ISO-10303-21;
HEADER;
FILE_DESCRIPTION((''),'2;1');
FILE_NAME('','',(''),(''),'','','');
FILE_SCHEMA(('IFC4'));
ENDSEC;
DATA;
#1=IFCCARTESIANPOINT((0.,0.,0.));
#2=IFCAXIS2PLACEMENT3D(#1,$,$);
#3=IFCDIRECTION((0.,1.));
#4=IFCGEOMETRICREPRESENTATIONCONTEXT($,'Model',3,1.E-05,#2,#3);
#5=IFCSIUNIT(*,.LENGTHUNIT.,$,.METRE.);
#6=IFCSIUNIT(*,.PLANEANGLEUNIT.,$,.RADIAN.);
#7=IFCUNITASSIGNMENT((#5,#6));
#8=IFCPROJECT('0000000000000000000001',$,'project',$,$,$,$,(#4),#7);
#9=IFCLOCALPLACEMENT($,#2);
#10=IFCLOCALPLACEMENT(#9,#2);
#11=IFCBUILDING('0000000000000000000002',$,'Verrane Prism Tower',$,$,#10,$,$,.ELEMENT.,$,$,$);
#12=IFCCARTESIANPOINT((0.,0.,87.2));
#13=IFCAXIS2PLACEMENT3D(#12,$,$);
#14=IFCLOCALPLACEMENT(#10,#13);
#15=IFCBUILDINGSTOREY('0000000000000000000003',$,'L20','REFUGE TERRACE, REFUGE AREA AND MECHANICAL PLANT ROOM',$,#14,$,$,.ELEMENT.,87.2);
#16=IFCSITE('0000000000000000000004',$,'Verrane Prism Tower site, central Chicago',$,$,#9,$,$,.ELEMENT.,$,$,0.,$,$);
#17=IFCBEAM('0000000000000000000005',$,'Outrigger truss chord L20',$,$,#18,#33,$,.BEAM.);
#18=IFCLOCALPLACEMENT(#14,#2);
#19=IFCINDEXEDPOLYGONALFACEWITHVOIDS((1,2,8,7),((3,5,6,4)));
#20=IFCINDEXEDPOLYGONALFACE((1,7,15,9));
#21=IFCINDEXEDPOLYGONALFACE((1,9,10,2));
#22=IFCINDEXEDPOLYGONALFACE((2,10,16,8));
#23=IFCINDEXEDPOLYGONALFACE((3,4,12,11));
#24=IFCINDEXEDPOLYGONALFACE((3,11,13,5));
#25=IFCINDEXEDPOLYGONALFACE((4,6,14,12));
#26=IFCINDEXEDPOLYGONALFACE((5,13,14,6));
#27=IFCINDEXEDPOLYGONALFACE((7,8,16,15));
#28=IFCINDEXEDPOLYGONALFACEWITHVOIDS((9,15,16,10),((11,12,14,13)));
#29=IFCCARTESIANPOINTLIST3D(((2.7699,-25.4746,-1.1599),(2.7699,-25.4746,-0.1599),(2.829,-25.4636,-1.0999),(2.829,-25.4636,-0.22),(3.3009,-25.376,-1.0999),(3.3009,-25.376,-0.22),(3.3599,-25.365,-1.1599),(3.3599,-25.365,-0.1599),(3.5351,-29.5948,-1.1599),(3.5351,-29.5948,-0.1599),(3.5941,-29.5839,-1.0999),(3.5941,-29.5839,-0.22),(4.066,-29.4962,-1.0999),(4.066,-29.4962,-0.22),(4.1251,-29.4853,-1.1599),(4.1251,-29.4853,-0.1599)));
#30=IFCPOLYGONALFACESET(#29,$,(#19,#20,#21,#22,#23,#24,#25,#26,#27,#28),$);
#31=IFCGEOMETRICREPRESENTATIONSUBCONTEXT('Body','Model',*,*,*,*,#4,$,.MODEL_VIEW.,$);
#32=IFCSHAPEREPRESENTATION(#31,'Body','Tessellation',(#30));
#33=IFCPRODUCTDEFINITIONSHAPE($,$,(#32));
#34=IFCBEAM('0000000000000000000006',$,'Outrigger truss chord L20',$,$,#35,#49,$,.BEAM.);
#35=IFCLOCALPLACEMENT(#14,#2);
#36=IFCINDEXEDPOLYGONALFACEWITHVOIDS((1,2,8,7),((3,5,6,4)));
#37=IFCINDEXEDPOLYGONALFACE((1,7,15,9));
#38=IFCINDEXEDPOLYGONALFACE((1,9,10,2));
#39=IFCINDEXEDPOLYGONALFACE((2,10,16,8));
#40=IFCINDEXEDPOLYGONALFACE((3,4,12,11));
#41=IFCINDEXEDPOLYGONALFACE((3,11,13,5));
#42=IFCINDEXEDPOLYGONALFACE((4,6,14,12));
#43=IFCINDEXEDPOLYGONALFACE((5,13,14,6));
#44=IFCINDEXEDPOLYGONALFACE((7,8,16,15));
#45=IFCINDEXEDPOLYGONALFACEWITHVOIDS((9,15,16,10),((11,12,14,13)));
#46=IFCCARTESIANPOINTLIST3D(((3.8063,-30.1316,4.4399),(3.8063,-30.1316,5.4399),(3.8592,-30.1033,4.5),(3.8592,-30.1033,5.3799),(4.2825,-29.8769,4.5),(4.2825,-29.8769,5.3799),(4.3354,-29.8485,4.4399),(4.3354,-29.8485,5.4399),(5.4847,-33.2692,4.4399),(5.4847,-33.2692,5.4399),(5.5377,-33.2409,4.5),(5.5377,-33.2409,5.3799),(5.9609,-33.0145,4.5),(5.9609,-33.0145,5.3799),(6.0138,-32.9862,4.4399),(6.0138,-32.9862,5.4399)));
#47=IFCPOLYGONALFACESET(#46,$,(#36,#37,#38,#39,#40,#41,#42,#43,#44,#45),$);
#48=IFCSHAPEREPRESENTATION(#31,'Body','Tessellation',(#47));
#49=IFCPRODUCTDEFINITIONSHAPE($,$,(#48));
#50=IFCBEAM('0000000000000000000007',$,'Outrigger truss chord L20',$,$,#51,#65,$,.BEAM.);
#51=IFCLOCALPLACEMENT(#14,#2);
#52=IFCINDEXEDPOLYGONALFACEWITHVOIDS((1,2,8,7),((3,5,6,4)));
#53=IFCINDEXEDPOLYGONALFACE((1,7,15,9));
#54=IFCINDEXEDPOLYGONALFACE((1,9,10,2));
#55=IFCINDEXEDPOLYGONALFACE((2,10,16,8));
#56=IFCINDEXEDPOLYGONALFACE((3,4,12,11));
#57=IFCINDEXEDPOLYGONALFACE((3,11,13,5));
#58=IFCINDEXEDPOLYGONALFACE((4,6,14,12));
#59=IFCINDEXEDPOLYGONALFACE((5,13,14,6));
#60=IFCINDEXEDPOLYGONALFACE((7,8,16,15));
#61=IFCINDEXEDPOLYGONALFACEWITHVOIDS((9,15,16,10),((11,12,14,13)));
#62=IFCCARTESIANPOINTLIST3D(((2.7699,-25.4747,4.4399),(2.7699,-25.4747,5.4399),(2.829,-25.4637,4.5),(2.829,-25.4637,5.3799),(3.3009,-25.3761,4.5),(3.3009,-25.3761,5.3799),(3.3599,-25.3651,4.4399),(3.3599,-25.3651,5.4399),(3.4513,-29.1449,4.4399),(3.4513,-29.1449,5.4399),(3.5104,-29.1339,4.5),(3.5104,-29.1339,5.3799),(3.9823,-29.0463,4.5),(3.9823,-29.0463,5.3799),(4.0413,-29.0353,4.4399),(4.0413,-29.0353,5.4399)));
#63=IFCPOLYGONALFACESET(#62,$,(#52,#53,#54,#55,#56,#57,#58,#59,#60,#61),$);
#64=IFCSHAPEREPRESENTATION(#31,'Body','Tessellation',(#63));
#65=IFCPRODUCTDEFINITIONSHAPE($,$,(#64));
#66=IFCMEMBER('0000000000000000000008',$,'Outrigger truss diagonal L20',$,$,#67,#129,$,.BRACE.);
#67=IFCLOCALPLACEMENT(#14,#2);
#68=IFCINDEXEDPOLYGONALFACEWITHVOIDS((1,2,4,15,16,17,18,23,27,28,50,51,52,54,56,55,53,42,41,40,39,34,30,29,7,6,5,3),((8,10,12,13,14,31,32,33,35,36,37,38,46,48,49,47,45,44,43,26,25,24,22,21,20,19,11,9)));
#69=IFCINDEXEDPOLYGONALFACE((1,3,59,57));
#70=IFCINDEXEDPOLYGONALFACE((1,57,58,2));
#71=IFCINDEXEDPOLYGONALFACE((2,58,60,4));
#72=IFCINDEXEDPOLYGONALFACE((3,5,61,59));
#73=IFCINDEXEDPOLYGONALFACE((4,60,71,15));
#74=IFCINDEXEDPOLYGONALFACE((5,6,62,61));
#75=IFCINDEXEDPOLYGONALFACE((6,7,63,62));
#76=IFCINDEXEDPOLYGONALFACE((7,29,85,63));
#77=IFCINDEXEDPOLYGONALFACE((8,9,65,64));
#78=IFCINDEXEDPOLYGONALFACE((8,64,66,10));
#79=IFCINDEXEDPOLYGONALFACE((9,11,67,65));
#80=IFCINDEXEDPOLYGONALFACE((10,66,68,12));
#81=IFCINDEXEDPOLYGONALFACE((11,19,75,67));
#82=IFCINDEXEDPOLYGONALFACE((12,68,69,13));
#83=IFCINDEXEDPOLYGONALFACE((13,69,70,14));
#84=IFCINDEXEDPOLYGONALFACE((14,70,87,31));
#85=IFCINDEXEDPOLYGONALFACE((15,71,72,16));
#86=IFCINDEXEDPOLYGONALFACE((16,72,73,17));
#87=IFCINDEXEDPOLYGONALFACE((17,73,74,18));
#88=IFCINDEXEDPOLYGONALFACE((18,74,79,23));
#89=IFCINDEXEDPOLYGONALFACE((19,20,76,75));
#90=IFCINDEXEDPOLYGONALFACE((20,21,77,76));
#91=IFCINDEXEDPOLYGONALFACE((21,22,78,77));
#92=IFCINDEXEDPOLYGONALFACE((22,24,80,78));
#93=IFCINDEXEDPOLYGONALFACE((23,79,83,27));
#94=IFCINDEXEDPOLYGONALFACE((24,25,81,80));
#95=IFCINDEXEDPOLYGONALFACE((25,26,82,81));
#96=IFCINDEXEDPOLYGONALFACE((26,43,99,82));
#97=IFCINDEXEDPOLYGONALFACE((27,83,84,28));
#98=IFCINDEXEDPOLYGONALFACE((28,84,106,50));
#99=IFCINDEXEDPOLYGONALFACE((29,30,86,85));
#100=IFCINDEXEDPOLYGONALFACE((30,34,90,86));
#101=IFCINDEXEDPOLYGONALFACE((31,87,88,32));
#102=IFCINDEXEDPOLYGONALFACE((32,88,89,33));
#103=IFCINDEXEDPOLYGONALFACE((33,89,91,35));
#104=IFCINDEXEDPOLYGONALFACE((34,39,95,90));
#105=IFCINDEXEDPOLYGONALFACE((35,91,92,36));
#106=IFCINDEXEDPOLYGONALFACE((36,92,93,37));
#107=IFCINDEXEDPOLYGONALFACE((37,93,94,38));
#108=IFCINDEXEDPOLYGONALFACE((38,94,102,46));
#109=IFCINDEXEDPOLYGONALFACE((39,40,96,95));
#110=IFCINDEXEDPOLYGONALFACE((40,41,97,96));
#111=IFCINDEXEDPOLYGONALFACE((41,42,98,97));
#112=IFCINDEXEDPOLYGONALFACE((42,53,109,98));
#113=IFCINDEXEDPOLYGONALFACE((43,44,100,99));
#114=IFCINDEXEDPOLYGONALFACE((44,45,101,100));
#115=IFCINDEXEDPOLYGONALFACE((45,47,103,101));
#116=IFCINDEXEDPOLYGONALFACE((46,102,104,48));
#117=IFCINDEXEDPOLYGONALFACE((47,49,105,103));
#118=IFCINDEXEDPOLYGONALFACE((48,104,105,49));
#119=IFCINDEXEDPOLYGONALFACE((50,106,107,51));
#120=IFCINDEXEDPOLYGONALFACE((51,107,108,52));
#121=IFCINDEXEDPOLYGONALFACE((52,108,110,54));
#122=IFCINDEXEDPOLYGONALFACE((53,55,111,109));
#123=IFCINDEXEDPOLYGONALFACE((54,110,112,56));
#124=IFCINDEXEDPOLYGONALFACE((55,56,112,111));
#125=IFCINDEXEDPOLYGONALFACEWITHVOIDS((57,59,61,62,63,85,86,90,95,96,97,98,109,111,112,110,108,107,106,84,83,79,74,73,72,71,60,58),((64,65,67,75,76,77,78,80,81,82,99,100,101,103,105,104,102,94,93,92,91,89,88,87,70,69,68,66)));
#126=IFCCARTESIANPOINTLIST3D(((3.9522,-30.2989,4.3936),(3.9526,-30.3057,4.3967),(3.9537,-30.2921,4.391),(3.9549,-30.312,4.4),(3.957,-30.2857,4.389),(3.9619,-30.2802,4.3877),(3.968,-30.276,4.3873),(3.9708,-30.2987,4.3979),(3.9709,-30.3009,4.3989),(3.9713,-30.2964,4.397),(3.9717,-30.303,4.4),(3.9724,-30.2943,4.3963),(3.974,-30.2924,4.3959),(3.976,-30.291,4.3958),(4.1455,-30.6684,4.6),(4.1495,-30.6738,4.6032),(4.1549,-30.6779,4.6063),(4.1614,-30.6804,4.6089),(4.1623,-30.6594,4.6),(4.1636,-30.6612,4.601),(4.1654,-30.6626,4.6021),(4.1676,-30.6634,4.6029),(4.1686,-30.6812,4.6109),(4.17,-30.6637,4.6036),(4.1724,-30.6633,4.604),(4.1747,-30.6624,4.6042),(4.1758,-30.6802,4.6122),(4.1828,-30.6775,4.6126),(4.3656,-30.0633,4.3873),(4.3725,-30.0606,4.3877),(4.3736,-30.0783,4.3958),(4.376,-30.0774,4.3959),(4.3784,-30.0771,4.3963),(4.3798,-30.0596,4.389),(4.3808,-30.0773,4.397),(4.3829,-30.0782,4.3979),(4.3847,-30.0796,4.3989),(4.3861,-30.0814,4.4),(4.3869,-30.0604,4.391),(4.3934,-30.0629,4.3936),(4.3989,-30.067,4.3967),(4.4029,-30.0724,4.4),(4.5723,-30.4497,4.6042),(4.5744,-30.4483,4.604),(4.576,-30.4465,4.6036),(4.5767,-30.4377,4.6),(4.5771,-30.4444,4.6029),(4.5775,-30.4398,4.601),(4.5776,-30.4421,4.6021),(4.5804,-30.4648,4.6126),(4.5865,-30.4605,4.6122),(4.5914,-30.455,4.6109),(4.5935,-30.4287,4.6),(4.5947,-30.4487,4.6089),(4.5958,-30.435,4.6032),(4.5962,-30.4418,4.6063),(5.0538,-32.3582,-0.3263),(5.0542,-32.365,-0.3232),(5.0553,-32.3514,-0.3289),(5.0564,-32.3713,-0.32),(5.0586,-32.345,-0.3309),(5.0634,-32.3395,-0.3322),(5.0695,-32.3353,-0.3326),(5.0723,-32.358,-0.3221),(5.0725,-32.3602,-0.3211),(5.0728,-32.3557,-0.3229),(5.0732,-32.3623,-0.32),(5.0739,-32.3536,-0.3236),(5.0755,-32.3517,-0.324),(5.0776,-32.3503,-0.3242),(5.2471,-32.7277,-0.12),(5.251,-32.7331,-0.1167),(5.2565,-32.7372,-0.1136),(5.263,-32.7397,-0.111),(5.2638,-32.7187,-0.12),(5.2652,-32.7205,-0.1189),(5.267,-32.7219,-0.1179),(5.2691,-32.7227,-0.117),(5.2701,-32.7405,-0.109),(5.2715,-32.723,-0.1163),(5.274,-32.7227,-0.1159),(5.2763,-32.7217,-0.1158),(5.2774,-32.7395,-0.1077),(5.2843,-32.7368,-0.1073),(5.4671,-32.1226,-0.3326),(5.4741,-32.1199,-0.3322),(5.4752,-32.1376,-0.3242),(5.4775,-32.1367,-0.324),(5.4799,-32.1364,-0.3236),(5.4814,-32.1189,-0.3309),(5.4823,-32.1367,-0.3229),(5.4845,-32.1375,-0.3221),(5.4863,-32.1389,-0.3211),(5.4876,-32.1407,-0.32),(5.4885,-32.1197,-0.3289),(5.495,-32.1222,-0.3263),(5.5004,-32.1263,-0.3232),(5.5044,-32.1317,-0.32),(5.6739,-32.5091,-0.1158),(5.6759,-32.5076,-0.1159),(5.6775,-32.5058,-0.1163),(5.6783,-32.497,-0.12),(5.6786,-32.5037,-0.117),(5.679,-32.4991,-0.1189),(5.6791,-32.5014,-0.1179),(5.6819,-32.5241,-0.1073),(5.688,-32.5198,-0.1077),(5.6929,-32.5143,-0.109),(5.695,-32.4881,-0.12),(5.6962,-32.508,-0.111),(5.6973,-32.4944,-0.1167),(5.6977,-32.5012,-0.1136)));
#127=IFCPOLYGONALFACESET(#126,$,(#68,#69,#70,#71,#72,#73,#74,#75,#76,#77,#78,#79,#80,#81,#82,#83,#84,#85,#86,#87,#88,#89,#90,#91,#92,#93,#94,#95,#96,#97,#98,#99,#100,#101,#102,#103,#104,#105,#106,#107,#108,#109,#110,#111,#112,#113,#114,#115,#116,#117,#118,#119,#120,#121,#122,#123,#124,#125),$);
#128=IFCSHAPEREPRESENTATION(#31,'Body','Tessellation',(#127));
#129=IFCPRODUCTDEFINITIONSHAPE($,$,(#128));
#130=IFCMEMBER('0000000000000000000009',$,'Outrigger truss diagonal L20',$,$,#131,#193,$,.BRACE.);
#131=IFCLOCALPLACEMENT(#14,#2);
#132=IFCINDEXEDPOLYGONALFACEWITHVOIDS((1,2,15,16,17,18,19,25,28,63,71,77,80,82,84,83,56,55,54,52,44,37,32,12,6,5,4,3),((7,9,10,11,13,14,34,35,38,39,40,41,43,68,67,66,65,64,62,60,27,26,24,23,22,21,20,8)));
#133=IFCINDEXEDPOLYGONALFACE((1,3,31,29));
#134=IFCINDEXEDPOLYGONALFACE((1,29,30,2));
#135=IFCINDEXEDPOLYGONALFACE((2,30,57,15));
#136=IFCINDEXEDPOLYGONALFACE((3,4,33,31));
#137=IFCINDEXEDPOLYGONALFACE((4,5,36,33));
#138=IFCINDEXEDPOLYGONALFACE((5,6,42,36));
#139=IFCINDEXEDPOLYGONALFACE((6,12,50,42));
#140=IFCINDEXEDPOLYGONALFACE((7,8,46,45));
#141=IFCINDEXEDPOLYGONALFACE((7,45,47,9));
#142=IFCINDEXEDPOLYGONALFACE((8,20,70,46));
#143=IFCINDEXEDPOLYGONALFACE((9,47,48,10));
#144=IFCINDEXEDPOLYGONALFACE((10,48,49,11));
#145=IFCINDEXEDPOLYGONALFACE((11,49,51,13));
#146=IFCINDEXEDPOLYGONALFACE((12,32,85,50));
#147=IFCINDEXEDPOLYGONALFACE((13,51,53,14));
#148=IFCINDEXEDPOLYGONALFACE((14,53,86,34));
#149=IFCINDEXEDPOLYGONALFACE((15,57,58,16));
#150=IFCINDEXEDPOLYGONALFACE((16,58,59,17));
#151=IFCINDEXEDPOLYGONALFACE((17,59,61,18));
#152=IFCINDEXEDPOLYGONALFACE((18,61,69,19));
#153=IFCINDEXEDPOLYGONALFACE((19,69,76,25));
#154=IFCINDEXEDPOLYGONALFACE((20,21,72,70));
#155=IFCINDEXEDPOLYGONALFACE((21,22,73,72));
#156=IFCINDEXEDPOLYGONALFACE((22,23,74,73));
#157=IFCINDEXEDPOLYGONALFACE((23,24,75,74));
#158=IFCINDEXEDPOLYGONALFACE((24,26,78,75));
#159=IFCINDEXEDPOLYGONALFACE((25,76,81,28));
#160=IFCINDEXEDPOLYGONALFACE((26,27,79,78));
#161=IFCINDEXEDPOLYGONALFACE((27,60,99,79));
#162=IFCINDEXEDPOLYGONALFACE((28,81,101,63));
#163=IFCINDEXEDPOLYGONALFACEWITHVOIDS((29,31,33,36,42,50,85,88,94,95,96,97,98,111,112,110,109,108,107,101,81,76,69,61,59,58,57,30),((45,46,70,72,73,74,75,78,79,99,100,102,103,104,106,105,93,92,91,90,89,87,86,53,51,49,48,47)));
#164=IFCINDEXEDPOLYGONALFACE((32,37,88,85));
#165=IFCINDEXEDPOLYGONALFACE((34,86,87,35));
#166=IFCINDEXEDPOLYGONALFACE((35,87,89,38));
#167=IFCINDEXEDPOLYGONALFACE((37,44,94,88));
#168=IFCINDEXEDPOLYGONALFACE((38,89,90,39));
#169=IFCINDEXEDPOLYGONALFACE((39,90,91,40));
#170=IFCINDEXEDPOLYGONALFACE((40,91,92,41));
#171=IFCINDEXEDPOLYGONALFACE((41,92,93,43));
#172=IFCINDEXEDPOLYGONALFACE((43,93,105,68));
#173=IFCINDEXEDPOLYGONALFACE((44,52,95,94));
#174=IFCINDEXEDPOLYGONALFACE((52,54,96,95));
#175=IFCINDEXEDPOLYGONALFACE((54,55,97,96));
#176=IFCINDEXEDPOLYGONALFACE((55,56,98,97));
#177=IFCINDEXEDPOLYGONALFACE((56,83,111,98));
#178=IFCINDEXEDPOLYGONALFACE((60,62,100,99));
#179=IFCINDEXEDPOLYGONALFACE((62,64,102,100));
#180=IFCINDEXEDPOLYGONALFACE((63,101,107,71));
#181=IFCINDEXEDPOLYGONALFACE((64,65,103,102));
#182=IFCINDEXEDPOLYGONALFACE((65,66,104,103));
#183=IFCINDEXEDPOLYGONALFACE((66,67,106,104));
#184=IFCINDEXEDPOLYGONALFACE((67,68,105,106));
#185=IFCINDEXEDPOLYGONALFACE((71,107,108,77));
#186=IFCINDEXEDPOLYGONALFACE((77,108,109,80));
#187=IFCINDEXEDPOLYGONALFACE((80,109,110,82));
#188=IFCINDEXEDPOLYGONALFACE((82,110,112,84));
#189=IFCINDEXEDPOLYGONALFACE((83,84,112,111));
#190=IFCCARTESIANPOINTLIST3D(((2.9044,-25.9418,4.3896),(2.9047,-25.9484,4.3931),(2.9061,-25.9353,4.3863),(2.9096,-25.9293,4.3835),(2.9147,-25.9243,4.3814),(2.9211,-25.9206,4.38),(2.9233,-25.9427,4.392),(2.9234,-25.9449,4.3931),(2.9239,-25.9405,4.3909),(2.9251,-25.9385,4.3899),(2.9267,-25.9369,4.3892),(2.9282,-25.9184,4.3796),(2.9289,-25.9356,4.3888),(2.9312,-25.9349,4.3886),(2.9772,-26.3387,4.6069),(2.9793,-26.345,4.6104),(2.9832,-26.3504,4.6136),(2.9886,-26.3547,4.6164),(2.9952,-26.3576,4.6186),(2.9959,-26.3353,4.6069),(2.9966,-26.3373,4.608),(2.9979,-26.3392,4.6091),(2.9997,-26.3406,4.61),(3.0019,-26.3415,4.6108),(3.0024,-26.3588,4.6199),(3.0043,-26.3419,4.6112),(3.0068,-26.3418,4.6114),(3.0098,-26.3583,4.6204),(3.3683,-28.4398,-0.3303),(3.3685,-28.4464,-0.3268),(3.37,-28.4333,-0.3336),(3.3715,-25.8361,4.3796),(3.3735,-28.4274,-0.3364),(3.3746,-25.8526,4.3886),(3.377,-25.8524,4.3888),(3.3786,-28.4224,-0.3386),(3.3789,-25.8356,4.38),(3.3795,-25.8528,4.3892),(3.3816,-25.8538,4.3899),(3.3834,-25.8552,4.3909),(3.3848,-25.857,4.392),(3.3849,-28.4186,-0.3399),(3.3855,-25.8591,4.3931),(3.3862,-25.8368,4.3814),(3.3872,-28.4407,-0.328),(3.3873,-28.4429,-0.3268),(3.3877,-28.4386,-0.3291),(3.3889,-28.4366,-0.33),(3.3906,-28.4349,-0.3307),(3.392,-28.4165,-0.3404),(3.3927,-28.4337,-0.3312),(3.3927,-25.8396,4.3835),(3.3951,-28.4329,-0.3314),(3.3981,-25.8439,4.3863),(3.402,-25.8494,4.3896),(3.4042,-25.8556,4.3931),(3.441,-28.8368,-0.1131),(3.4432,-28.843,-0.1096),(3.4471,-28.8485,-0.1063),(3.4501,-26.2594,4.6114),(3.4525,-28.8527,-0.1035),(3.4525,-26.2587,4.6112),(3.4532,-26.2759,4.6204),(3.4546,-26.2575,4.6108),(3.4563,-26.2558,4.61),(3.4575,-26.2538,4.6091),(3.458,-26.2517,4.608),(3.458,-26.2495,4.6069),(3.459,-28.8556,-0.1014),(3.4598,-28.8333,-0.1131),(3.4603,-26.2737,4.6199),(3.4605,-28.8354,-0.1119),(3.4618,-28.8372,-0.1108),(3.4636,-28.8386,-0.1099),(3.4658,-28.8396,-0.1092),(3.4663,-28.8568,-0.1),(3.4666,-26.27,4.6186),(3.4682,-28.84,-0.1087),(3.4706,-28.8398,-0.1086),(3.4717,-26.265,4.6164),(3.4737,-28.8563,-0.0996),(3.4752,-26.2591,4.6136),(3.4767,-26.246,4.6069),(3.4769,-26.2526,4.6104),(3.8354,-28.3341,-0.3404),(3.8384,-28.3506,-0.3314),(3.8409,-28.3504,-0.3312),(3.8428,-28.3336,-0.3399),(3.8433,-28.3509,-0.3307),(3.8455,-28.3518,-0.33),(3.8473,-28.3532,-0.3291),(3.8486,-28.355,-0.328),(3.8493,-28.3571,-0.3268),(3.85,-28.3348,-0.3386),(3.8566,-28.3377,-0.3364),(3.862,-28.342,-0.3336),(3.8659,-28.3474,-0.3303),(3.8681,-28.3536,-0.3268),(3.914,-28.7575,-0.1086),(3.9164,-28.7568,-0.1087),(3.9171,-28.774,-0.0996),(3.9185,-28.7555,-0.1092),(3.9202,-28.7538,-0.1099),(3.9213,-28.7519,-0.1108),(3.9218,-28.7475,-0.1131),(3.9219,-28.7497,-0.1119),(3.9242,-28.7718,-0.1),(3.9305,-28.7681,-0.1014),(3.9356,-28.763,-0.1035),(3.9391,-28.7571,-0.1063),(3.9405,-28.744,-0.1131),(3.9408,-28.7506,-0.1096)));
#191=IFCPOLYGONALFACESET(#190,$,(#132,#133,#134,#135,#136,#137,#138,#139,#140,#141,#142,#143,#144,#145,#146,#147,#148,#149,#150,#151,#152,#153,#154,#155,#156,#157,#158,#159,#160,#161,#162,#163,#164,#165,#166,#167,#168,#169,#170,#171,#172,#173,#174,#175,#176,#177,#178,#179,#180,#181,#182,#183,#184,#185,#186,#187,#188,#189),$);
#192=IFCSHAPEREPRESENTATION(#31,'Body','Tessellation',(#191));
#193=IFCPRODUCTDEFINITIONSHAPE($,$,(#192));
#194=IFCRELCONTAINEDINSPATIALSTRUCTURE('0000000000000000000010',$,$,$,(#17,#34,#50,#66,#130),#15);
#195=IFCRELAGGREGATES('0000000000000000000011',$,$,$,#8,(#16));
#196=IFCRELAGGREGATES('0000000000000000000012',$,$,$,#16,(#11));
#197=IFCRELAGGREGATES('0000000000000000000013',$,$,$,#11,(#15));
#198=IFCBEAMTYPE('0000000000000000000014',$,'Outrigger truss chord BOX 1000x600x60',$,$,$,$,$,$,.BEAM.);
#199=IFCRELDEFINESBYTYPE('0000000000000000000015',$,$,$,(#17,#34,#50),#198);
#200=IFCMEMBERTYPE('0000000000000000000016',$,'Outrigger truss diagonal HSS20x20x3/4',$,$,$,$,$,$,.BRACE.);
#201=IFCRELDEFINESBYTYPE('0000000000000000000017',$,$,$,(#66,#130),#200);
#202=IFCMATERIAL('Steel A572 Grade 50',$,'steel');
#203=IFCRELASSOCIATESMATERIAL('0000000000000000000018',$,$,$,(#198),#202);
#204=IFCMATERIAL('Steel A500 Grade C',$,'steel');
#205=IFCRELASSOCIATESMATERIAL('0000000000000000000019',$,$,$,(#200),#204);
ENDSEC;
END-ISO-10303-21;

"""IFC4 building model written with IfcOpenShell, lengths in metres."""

from ifc_helpers import new_model, si_unit, direction, frame, origin, origin_2d, place, context, subcontext, project, spatial, hollow_rectangle, extrude, material, material_profile, profile_set, type_object, element, save


model = new_model("IFC4")

# Units and contexts
model_context = context("Model", 3, precision=1e-05, world=origin(), true_north=direction((0.0, 1.0)))
body_context = subcontext(model_context, "Body", "Model", "MODEL_VIEW")
ifc_project = project(units=[si_unit("LENGTHUNIT", "METRE"), si_unit("PLANEANGLEUNIT", "RADIAN")], contexts=[model_context])

# Site, building, storey
site_placement = place(None, origin())
site = spatial("IfcSite", under=ifc_project, at=site_placement, Name="Verrane Prism Tower site, central Chicago", CompositionType="ELEMENT", RefElevation=0.0)
building_placement = place(site_placement, origin())
building = spatial("IfcBuilding", under=site, at=building_placement, Name="Verrane Prism Tower", CompositionType="ELEMENT")
storey_placement = place(building_placement, frame((0.0, 0.0, 87.2)))
storey = spatial("IfcBuildingStorey", under=building, at=storey_placement, Name="L20", Description="REFUGE TERRACE, REFUGE AREA AND MECHANICAL PLANT ROOM", CompositionType="ELEMENT", Elevation=87.2)

# Beams
ifc_material_1 = material(Name="Steel A572 Grade 50", Category="steel")
ifc_material_profile_1 = material_profile(ifc_material_1, hollow_rectangle(XDim=0.6001, YDim=1.0, WallThickness=0.0601, at=origin_2d()), Name="BOX 1000x600x60")
ifc_profile_set_1 = profile_set([ifc_material_profile_1], Name="Steel A572 Grade 50")
beam_type_1 = type_object("IfcBeamType", Name="Outrigger truss chord BOX 1000x600x60", PredefinedType="BEAM", material=ifc_profile_set_1)
beam_1_placement = place(storey_placement, frame((3.8301, -29.54, -0.6599), z_axis=(-0.182586, 0.98319, 0.0), x_axis=(-0.98319, -0.182586, 0.0)))
element("IfcBeam", 1, at=beam_1_placement, inside=storey, type_object=beam_type_1, Name="Outrigger truss chord L20", PredefinedType="BEAM", context=body_context, shape_type="SweptSolid", body=[
    extrude(hollow_rectangle(XDim=0.6001, YDim=1.0, WallThickness=0.0601, at=origin_2d()), origin(), (0.0, 0.0, 1.0), 4.1907),
])
beam_2_placement = place(storey_placement, frame((5.7493, -33.1277, 4.9399), z_axis=(-0.471688, 0.881765, 0.0), x_axis=(-0.881765, -0.471688, 0.0)))
element("IfcBeam", 2, at=beam_2_placement, inside=storey, type_object=beam_type_1, Name="Outrigger truss chord L20", PredefinedType="BEAM", context=body_context, shape_type="SweptSolid", body=[
    extrude(hollow_rectangle(XDim=0.6001, YDim=1.0, WallThickness=0.0601, at=origin_2d()), origin(), (0.0, 0.0, 1.0), 3.5583),
])
beam_3_placement = place(storey_placement, frame((3.7463, -29.0901, 4.9399), z_axis=(-0.182539, 0.983199, 0.0), x_axis=(-0.983199, -0.182539, 0.0)))
element("IfcBeam", 3, at=beam_3_placement, inside=storey, type_object=beam_type_1, Name="Outrigger truss chord L20", PredefinedType="BEAM", context=body_context, shape_type="SweptSolid", body=[
    extrude(hollow_rectangle(XDim=0.6001, YDim=1.0, WallThickness=0.0601, at=origin_2d()), origin(), (0.0, 0.0, 1.0), 3.7329),
])

# Members
ifc_material_2 = material(Name="Steel A500 Grade C", Category="steel")
ifc_material_profile_2 = material_profile(ifc_material_2, hollow_rectangle(XDim=0.5081, YDim=0.5081, WallThickness=0.019, InnerFilletRadius=0.0095, OuterFilletRadius=0.0286, at=origin_2d()), Name="HSS20x20x3/4")
ifc_profile_set_2 = profile_set([ifc_material_profile_2], Name="Steel A500 Grade C")
member_type_1 = type_object("IfcMemberType", Name="Outrigger truss diagonal HSS20x20x3/4", PredefinedType="BRACE", material=ifc_profile_set_2)
member_1_placement = place(storey_placement, frame((5.3757, -32.4297, -0.22), z_axis=(-0.209178, 0.391049, 0.896284), x_axis=(-0.881774, -0.471673, 0.0)))
element("IfcMember", 4, at=member_1_placement, inside=storey, type_object=member_type_1, Name="Outrigger truss diagonal L20", PredefinedType="BRACE", context=body_context, shape_type="SweptSolid", body=[
    extrude(hollow_rectangle(XDim=0.5081, YDim=0.5081, WallThickness=0.019, InnerFilletRadius=0.0095, OuterFilletRadius=0.0286, at=origin_2d()), origin(), (0.0, 0.0, 1.0), 5.2661),
])
member_2_placement = place(storey_placement, frame((3.6545, -28.5952, -0.22), z_axis=(-0.086536, 0.466022, 0.880531), x_axis=(-0.983193, -0.182571, 0.0)))
element("IfcMember", 5, at=member_2_placement, inside=storey, type_object=member_type_1, Name="Outrigger truss diagonal L20", PredefinedType="BRACE", context=body_context, shape_type="SweptSolid", body=[
    extrude(hollow_rectangle(XDim=0.5081, YDim=0.5081, WallThickness=0.019, InnerFilletRadius=0.0095, OuterFilletRadius=0.0286, at=origin_2d()), origin(), (0.0, 0.0, 1.0), 5.3604),
])

save(model, "model.ifc")
